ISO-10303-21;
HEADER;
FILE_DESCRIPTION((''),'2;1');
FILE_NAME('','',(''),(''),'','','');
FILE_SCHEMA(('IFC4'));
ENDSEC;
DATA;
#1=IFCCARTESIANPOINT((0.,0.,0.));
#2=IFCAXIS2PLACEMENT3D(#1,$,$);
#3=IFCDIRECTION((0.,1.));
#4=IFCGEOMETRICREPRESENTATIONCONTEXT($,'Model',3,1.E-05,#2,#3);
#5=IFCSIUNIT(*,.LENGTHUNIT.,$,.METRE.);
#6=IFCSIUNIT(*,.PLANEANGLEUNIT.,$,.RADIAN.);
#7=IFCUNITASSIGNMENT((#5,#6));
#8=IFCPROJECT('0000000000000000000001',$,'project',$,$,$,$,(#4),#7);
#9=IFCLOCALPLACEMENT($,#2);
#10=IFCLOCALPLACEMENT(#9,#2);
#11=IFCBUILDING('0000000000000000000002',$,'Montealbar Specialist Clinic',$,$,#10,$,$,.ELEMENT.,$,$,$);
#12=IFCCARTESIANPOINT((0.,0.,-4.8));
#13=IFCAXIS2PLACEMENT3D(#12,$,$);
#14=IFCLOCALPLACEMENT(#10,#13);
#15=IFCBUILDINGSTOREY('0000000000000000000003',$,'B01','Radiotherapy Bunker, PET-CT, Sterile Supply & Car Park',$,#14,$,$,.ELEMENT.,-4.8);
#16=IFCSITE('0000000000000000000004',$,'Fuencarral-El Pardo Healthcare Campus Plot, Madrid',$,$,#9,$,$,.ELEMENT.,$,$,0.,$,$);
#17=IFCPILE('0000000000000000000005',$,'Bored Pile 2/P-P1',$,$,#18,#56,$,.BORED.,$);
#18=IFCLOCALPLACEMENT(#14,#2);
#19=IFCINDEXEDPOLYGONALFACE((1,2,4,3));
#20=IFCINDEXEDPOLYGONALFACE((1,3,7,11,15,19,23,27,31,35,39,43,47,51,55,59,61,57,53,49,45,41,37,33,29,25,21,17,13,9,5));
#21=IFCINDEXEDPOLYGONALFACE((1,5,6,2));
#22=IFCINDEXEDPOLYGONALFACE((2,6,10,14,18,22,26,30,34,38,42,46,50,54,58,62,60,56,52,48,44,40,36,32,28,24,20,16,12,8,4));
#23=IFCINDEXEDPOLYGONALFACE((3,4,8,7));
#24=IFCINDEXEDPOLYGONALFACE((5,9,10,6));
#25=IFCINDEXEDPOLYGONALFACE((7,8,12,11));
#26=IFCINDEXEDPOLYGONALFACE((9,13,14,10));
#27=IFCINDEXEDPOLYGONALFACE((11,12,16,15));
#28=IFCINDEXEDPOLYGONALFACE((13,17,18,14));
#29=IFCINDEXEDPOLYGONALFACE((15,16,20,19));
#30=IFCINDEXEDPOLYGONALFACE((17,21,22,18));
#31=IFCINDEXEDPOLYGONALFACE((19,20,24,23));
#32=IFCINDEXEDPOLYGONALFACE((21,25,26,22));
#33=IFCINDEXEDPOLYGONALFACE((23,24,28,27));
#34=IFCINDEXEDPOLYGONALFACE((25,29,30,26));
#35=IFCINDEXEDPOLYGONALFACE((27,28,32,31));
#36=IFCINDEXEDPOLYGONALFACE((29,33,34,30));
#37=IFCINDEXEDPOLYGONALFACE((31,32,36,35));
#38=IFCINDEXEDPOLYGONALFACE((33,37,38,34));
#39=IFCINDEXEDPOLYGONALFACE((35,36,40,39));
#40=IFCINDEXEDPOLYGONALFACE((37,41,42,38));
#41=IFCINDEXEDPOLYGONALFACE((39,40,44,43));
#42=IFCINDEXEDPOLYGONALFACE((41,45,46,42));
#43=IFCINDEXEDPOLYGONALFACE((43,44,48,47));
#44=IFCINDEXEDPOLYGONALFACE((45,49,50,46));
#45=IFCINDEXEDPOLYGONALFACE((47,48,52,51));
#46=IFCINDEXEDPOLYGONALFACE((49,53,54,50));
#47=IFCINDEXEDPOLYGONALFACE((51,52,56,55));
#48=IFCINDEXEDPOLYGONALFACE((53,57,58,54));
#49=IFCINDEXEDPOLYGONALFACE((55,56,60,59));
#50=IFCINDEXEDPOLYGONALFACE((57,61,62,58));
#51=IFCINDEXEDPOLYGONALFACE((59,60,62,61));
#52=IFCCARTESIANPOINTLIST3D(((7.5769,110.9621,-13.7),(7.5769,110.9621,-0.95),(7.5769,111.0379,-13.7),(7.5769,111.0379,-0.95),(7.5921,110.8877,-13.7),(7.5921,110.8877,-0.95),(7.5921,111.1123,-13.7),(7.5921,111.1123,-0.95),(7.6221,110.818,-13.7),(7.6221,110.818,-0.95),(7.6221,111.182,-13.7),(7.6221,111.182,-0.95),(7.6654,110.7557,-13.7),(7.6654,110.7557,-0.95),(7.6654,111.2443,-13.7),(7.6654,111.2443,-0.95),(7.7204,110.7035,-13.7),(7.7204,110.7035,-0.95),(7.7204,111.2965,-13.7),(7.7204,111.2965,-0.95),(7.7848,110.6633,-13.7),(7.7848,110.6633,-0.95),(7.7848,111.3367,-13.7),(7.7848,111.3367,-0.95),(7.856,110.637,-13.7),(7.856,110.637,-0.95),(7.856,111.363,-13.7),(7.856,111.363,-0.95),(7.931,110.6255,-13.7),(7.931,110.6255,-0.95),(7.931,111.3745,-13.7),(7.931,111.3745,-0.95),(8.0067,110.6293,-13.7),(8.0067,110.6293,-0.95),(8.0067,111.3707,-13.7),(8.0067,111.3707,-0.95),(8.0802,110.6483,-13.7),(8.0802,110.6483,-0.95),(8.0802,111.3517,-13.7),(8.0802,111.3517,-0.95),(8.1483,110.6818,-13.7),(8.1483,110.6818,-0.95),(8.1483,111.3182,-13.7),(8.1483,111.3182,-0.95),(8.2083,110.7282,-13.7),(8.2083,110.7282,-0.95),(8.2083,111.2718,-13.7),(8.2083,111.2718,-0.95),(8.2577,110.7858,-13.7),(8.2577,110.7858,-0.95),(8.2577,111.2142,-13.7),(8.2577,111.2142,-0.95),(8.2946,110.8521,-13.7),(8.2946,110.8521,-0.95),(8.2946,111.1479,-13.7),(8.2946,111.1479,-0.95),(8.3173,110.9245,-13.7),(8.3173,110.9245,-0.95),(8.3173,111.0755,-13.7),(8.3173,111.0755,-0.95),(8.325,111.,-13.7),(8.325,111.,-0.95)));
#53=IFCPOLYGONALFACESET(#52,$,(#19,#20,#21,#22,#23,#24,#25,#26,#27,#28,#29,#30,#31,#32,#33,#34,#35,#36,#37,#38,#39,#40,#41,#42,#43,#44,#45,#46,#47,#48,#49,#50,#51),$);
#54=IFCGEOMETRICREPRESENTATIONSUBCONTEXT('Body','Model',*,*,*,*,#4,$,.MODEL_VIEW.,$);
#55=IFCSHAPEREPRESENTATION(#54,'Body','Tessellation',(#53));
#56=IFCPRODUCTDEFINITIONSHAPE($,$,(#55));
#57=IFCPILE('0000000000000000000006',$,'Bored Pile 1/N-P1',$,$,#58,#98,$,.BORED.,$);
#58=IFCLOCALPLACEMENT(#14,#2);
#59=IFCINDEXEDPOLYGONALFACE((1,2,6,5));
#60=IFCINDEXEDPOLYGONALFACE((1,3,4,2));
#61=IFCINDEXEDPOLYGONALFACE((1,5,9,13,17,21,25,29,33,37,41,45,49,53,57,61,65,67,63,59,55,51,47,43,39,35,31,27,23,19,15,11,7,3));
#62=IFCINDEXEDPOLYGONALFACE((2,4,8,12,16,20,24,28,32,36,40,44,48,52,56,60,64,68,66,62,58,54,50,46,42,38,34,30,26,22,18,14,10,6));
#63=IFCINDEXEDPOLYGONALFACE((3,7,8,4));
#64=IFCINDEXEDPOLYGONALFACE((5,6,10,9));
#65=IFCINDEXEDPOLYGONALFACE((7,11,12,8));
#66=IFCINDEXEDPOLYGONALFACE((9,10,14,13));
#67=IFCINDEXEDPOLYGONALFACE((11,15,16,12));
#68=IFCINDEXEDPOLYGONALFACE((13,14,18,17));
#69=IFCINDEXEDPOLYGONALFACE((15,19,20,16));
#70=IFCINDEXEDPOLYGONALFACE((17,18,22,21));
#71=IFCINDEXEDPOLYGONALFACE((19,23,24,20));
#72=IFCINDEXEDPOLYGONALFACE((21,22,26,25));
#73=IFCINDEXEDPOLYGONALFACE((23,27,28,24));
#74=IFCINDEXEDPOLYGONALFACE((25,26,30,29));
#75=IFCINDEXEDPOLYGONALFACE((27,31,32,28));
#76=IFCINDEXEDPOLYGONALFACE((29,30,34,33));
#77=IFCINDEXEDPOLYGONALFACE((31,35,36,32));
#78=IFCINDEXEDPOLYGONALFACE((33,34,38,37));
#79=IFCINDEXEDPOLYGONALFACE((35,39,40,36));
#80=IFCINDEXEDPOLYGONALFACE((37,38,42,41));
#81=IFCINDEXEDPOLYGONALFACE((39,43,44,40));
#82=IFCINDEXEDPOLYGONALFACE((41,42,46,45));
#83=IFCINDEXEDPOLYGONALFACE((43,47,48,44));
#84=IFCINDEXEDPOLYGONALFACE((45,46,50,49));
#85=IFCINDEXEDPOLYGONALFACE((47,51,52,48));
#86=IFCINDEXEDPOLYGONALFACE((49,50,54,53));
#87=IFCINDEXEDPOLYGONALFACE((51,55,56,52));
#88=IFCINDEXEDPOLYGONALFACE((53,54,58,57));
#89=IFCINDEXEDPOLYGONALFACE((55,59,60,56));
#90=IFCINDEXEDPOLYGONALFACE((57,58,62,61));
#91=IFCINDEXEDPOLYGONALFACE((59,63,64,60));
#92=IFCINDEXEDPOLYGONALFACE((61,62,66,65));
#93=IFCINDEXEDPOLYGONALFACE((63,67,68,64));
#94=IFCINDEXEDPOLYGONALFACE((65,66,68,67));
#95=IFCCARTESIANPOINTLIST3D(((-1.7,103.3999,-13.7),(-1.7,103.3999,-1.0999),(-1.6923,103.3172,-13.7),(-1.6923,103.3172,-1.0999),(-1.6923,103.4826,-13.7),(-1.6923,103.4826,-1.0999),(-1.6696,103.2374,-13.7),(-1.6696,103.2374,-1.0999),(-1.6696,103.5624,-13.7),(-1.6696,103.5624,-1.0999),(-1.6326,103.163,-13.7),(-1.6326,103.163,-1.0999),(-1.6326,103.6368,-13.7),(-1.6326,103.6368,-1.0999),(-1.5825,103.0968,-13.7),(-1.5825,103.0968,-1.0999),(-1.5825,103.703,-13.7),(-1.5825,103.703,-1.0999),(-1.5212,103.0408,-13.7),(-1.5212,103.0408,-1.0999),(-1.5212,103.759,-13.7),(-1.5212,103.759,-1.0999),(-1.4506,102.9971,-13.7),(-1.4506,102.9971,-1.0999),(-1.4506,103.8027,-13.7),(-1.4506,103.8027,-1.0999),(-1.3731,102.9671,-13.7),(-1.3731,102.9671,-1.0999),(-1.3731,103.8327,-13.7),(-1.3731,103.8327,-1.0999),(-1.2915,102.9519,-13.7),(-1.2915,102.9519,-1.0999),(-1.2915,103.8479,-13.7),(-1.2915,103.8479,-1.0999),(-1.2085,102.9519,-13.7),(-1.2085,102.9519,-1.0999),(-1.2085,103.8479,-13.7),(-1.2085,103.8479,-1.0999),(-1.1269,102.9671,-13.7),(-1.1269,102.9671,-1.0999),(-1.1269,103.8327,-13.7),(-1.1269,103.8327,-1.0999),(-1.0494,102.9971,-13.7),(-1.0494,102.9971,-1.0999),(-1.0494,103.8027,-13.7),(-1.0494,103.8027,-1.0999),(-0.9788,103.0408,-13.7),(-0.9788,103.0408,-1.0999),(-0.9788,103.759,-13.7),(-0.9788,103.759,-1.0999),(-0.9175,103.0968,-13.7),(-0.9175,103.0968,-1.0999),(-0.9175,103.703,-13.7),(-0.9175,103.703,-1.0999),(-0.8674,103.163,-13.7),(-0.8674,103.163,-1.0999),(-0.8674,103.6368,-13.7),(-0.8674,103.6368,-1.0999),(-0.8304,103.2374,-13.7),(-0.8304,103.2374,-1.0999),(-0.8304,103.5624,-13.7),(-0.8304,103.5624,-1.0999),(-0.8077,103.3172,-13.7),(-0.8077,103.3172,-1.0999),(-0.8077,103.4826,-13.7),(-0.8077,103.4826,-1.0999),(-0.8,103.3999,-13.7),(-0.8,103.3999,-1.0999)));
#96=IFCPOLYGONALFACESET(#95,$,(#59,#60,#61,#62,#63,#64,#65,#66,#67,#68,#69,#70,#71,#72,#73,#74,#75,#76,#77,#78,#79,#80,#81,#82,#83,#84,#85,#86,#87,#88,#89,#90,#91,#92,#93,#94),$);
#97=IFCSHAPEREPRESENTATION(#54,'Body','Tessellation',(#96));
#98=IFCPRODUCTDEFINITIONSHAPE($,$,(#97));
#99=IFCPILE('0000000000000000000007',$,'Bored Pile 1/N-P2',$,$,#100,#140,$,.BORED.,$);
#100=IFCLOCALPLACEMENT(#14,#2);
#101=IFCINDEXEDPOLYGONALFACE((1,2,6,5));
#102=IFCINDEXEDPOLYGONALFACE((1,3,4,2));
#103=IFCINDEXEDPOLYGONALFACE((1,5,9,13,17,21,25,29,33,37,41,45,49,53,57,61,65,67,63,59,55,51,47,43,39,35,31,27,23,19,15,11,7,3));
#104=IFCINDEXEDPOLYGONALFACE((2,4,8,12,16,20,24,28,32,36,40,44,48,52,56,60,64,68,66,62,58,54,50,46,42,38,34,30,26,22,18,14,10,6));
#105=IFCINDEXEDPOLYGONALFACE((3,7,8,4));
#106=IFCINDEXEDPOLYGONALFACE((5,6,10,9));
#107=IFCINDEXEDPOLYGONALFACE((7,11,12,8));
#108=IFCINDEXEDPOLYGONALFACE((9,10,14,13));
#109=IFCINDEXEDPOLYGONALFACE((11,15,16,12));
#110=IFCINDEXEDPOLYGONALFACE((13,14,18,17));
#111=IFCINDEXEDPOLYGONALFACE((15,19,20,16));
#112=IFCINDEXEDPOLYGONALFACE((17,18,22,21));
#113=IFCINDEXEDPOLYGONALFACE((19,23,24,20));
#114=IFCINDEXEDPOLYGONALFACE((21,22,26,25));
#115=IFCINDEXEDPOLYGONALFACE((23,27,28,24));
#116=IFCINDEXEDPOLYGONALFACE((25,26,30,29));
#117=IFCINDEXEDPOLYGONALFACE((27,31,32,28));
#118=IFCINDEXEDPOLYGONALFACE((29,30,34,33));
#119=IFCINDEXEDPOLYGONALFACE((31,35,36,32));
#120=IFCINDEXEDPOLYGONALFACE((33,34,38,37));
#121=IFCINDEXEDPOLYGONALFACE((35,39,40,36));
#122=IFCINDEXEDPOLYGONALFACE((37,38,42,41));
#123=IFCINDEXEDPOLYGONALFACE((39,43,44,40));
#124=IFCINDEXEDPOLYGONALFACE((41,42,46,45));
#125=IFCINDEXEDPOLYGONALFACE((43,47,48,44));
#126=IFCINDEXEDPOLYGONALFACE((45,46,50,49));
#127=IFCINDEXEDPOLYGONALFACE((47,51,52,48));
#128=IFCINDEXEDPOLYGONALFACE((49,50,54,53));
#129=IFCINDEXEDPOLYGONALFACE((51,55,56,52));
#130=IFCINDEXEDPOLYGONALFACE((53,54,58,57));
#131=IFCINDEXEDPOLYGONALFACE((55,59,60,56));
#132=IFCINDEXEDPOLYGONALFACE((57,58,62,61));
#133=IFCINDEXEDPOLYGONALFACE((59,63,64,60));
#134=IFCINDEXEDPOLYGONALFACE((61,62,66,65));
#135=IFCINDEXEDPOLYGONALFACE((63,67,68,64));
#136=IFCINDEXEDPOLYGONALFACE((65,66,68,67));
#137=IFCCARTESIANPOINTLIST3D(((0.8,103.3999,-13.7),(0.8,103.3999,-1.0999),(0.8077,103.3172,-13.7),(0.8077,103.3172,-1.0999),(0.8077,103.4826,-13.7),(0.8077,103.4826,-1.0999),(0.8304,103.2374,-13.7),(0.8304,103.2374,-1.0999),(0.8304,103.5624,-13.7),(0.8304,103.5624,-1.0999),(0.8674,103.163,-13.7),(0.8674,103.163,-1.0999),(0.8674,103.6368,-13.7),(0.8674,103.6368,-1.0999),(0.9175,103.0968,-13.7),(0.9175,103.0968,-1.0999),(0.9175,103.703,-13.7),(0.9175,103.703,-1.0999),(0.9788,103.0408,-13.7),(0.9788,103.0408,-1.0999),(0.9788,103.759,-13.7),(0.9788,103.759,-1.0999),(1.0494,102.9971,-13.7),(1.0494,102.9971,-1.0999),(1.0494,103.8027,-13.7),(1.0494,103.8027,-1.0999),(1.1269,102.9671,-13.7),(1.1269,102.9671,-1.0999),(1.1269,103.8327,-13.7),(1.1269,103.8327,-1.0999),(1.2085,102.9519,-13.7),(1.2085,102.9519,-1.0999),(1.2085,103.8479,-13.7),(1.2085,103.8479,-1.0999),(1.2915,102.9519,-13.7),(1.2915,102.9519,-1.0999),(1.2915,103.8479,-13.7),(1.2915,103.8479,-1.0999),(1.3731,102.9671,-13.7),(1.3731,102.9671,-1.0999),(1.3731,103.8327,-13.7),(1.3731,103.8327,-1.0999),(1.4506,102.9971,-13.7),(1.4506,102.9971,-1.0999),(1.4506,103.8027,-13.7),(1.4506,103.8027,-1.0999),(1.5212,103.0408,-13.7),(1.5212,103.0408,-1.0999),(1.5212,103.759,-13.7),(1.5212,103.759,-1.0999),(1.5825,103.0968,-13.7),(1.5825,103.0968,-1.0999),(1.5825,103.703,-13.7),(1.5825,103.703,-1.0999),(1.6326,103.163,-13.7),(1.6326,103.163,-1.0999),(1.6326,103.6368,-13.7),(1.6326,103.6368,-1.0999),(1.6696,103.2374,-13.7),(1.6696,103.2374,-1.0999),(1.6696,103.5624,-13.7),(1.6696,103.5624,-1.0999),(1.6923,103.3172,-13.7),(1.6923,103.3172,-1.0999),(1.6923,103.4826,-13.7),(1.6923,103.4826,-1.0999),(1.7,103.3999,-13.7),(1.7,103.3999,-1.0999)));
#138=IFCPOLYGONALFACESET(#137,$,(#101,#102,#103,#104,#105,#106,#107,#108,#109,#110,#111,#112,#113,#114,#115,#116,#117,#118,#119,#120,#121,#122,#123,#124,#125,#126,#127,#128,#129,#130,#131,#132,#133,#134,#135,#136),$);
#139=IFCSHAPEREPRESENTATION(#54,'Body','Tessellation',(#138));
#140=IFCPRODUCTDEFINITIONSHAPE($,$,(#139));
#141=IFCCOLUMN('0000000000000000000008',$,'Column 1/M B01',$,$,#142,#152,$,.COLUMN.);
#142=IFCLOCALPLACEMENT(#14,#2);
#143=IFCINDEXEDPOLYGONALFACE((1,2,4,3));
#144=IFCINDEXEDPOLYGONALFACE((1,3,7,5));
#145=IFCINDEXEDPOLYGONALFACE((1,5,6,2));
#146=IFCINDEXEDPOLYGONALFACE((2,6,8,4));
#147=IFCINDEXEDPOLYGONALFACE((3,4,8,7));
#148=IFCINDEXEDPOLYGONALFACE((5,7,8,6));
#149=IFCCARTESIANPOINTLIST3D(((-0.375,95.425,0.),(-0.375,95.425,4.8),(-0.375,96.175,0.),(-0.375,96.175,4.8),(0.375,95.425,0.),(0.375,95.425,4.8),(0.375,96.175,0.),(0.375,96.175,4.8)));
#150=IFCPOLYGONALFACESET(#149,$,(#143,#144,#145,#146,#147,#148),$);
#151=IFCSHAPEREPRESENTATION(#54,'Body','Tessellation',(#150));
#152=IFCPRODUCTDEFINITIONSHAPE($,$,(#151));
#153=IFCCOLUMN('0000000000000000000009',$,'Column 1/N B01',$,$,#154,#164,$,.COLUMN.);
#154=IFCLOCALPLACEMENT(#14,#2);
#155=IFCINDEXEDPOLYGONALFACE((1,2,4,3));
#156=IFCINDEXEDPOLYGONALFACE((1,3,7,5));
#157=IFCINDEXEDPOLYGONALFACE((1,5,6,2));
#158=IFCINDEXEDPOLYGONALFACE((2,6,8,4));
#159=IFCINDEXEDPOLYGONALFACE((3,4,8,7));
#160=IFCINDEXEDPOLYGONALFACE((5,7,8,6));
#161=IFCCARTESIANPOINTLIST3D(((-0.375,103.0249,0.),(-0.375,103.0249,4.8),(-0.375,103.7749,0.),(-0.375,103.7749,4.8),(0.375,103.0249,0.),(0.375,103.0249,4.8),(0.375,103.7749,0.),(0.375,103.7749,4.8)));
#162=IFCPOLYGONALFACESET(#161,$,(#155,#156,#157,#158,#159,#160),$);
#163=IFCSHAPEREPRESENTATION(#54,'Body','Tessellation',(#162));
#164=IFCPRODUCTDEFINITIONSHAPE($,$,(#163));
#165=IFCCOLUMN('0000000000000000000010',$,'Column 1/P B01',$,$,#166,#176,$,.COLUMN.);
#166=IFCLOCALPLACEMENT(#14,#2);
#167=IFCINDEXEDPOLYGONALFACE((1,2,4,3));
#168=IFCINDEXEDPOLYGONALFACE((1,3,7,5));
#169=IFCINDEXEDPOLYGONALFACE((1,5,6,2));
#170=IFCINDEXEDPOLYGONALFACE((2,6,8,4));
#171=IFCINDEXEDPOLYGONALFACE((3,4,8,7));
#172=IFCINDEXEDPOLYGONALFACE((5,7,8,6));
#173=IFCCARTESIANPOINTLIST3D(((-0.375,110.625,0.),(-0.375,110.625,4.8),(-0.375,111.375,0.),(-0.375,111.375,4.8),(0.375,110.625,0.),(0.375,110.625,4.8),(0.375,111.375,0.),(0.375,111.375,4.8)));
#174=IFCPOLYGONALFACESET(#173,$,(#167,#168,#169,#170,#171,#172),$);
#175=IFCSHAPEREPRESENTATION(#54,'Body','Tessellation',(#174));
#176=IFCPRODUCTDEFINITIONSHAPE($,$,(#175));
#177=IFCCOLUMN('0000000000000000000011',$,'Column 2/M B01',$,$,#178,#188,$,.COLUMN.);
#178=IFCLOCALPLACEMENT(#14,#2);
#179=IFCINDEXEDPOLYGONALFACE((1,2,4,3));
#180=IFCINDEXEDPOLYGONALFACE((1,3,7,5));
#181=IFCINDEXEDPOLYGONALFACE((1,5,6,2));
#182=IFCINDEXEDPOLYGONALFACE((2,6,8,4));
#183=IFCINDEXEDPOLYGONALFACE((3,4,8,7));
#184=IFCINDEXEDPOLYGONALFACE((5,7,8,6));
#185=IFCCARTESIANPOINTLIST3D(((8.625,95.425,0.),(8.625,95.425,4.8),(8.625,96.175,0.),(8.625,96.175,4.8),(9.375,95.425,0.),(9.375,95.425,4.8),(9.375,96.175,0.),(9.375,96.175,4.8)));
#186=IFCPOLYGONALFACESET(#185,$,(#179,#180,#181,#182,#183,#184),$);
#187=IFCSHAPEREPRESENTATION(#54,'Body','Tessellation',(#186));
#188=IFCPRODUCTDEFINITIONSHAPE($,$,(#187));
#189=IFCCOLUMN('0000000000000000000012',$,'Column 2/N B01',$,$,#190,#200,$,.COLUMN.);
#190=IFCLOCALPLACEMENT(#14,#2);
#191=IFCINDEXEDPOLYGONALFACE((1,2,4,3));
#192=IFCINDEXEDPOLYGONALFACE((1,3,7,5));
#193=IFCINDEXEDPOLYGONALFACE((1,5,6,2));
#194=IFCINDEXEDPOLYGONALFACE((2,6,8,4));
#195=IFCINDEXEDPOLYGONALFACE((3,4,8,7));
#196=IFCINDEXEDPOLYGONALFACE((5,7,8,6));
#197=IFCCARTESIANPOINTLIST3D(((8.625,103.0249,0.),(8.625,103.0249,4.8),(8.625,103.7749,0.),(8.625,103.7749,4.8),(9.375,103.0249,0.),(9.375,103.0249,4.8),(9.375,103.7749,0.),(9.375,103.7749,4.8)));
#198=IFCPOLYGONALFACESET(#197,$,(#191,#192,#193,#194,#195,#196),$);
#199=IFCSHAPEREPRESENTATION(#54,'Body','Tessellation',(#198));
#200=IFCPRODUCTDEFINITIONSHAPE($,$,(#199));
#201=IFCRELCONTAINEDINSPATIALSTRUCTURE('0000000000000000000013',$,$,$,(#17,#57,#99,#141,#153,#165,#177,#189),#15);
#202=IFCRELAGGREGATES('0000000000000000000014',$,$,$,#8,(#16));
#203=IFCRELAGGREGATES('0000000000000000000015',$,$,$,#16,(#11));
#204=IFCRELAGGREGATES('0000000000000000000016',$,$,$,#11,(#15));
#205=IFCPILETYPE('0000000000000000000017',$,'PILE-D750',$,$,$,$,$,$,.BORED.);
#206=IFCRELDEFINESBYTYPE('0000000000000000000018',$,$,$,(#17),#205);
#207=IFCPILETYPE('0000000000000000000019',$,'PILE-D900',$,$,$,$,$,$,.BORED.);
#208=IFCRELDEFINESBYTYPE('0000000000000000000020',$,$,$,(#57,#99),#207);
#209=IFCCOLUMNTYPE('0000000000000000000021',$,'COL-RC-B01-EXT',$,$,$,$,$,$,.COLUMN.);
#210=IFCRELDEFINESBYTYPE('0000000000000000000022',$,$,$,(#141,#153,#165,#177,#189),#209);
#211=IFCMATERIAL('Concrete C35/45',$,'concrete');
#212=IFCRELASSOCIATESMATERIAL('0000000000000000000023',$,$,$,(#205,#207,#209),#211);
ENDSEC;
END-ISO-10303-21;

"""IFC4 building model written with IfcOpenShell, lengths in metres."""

from ifc_helpers import new_model, si_unit, direction, frame, origin, origin_2d, place, context, subcontext, project, spatial, rectangle, circle, extrude, material, material_profile, profile_set, type_object, element, save


model = new_model("IFC4")

# Units and contexts
model_context = context("Model", 3, precision=1e-05, world=origin(), true_north=direction((0.0, 1.0)))
body_context = subcontext(model_context, "Body", "Model", "MODEL_VIEW")
ifc_project = project(units=[si_unit("LENGTHUNIT", "METRE"), si_unit("PLANEANGLEUNIT", "RADIAN")], contexts=[model_context])

# Site, building, storey
site_placement = place(None, origin())
site = spatial("IfcSite", under=ifc_project, at=site_placement, Name="Fuencarral-El Pardo Healthcare Campus Plot, Madrid", CompositionType="ELEMENT", RefElevation=0.0)
building_placement = place(site_placement, origin())
building = spatial("IfcBuilding", under=site, at=building_placement, Name="Montealbar Specialist Clinic", CompositionType="ELEMENT")
storey_placement = place(building_placement, frame((0.0, 0.0, -4.8)))
storey = spatial("IfcBuildingStorey", under=building, at=storey_placement, Name="B01", Description="Radiotherapy Bunker, PET-CT, Sterile Supply & Car Park", CompositionType="ELEMENT", Elevation=-4.8)

# Shared definitions
ifc_material_1 = material(Name="Concrete C35/45", Category="concrete")

# Piles
ifc_material_profile_1 = material_profile(ifc_material_1, circle(Radius=0.375, at=origin_2d()), Name="PILE D750", Category="concrete")
ifc_profile_set_1 = profile_set([ifc_material_profile_1], Name="Concrete C35/45")
pile_type_1 = type_object("IfcPileType", Name="PILE-D750", PredefinedType="BORED", material=ifc_profile_set_1)
pile_1_placement = place(storey_placement, frame((7.95, 111.0, -0.95), z_axis=(0.0, 0.0, -1.0), x_axis=(1.0, 0.0, 0.0)))
element("IfcPile", 1, at=pile_1_placement, inside=storey, type_object=pile_type_1, Name="Bored Pile 2/P-P1", PredefinedType="BORED", context=body_context, shape_type="SweptSolid", body=[
    extrude(circle(Radius=0.375, at=origin_2d()), origin(), (0.0, 0.0, 1.0), 12.75),
])
ifc_material_profile_2 = material_profile(ifc_material_1, circle(Radius=0.45, at=origin_2d()), Name="PILE D900", Category="concrete")
ifc_profile_set_2 = profile_set([ifc_material_profile_2], Name="Concrete C35/45")
pile_type_2 = type_object("IfcPileType", Name="PILE-D900", PredefinedType="BORED", material=ifc_profile_set_2)
for number, where, z_axis, x_axis, name in (
    (2, (-1.25, 103.3999, -1.0999), (0.0, 0.0, -1.0), (1.0, 0.0, 0.0), "Bored Pile 1/N-P1"),
    (3, (1.25, 103.3999, -1.0999), (0.0, 0.0, -1.0), (1.0, 0.0, 0.0), "Bored Pile 1/N-P2"),
):
    element("IfcPile", number, at=place(storey_placement, frame(where, z_axis=z_axis, x_axis=x_axis)), inside=storey, type_object=pile_type_2, Name=name, PredefinedType="BORED", context=body_context, shape_type="SweptSolid", body=[
        extrude(circle(Radius=0.45, at=origin_2d()), origin(), (0.0, 0.0, 1.0), 12.6001),
    ])

# Columns
ifc_material_profile_3 = material_profile(ifc_material_1, rectangle(XDim=0.75, YDim=0.75, at=origin_2d()), Name="RC 750x750", Category="concrete")
ifc_profile_set_3 = profile_set([ifc_material_profile_3], Name="Concrete C35/45")
column_type_1 = type_object("IfcColumnType", Name="COL-RC-B01-EXT", PredefinedType="COLUMN", material=ifc_profile_set_3)
for number, where, z_axis, x_axis, name in (
    (4, (0.0, 95.8, 0.0), (0.0, 0.0, 1.0), (1.0, 0.0, 0.0), "Column 1/M B01"),
    (5, (0.0, 103.3999, 0.0), (0.0, 0.0, 1.0), (1.0, 0.0, 0.0), "Column 1/N B01"),
    (6, (0.0, 111.0, 0.0), (0.0, 0.0, 1.0), (1.0, 0.0, 0.0), "Column 1/P B01"),
    (7, (9.0, 95.8, 0.0), (0.0, 0.0, 1.0), (1.0, 0.0, 0.0), "Column 2/M B01"),
    (8, (9.0, 103.3999, 0.0), (0.0, 0.0, 1.0), (1.0, 0.0, 0.0), "Column 2/N B01"),
):
    element("IfcColumn", number, at=place(storey_placement, frame(where, z_axis=z_axis, x_axis=x_axis)), inside=storey, type_object=column_type_1, Name=name, PredefinedType="COLUMN", context=body_context, shape_type="SweptSolid", body=[
        extrude(rectangle(XDim=0.75, YDim=0.75, at=origin_2d()), origin(), (0.0, 0.0, 1.0), 4.8),
    ])

save(model, "model.ifc")
